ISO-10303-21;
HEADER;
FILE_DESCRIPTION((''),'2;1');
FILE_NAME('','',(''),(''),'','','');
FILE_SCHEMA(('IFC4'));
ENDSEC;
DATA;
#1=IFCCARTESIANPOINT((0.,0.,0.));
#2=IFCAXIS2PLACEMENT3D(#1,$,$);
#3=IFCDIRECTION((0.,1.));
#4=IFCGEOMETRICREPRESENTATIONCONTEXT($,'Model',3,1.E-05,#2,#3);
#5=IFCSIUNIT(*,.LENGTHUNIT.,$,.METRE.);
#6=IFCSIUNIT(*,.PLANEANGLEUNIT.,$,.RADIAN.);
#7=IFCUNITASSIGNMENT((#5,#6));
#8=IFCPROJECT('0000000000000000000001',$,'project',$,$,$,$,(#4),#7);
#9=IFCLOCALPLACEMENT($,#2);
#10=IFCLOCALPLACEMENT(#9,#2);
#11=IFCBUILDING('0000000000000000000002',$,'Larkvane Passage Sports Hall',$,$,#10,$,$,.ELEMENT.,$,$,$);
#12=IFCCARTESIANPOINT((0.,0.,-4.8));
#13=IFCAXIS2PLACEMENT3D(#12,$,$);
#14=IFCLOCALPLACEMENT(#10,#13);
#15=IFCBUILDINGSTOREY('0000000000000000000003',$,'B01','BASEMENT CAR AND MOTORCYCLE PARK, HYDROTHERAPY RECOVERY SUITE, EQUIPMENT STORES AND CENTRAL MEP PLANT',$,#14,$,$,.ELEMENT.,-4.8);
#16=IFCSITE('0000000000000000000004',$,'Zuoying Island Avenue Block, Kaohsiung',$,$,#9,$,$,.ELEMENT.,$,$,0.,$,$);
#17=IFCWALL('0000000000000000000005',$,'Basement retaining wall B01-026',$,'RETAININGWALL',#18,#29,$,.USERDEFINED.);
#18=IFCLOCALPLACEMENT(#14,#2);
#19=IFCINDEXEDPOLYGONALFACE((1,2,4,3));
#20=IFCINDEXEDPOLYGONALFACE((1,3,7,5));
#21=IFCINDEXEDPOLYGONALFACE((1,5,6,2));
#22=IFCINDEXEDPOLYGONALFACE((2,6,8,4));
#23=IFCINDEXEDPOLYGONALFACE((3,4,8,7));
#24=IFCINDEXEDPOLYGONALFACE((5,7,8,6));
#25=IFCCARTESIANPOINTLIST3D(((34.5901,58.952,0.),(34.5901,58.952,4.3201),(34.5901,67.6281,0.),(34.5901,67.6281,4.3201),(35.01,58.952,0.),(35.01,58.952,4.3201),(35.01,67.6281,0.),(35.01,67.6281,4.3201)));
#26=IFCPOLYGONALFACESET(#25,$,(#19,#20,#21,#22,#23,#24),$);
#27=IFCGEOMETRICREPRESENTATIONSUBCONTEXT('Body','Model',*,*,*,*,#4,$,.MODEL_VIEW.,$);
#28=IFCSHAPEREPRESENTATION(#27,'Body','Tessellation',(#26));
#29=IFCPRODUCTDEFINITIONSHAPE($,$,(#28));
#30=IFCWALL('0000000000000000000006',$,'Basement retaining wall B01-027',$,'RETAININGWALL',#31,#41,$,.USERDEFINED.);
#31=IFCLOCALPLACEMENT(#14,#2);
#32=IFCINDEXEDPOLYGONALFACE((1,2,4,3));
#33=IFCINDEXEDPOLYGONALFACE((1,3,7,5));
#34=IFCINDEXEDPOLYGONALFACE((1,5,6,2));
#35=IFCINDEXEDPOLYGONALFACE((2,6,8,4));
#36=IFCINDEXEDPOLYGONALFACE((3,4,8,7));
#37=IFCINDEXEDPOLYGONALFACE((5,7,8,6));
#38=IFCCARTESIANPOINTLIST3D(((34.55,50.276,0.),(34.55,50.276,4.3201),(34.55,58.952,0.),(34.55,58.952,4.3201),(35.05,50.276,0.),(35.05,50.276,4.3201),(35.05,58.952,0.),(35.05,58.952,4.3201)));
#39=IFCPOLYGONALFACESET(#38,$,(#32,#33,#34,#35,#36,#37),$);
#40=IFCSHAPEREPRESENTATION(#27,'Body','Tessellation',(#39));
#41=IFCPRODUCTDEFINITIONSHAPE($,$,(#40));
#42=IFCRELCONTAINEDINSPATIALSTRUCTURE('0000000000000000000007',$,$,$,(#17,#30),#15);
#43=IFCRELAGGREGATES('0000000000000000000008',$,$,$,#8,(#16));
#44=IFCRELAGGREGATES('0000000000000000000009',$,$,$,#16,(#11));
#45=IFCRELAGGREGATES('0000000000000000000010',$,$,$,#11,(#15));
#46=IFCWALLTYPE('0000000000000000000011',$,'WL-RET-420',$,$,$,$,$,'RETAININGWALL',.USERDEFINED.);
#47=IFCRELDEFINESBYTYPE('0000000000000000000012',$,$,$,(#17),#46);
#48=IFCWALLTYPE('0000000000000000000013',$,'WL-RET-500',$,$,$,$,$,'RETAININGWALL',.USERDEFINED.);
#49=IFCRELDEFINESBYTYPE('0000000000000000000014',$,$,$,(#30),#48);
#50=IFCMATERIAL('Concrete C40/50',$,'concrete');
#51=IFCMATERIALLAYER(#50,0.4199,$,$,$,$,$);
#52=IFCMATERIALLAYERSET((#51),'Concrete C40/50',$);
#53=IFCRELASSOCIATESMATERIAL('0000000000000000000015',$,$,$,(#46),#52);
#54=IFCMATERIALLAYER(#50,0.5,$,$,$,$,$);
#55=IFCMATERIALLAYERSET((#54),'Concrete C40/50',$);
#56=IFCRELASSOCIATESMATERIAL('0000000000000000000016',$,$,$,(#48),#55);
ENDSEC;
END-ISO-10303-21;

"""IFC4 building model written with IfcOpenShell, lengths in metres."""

from ifc_helpers import new_model, si_unit, direction, frame, frame_2d, origin, place, context, subcontext, project, spatial, rectangle, extrude, material, layer, layer_set, type_object, element, save


model = new_model("IFC4")

# Units and contexts
model_context = context("Model", 3, precision=1e-05, world=origin(), true_north=direction((0.0, 1.0)))
body_context = subcontext(model_context, "Body", "Model", "MODEL_VIEW")
ifc_project = project(units=[si_unit("LENGTHUNIT", "METRE"), si_unit("PLANEANGLEUNIT", "RADIAN")], contexts=[model_context])

# Site, building, storey
site_placement = place(None, origin())
site = spatial("IfcSite", under=ifc_project, at=site_placement, Name="Zuoying Island Avenue Block, Kaohsiung", CompositionType="ELEMENT", RefElevation=0.0)
building_placement = place(site_placement, origin())
building = spatial("IfcBuilding", under=site, at=building_placement, Name="Larkvane Passage Sports Hall", CompositionType="ELEMENT")
storey_placement = place(building_placement, frame((0.0, 0.0, -4.8)))
storey = spatial("IfcBuildingStorey", under=building, at=storey_placement, Name="B01", Description="BASEMENT CAR AND MOTORCYCLE PARK, HYDROTHERAPY RECOVERY SUITE, EQUIPMENT STORES AND CENTRAL MEP PLANT", CompositionType="ELEMENT", Elevation=-4.8)

# Shared definitions
ifc_material_1 = material(Name="Concrete C40/50", Category="concrete")

# Walls
ifc_layer_1 = layer(ifc_material_1, 0.4199)
ifc_layer_set_1 = layer_set([ifc_layer_1], Name="Concrete C40/50")
wall_type_1 = type_object("IfcWallType", Name="WL-RET-420", ElementType="RETAININGWALL", PredefinedType="USERDEFINED", material=ifc_layer_set_1)
wall_1_placement = place(storey_placement, frame((34.8, 67.6279, 0.0), z_axis=(0.0, 0.0, 1.0), x_axis=(0.0, -1.0, 0.0)))
element("IfcWall", 1, at=wall_1_placement, inside=storey, type_object=wall_type_1, Name="Basement retaining wall B01-026", ObjectType="RETAININGWALL", PredefinedType="USERDEFINED", context=body_context, shape_type="SweptSolid", body=[
    extrude(rectangle(XDim=8.676, YDim=0.4199, at=frame_2d((4.3379, 0.0))), origin(), (0.0, 0.0, 1.0), 4.3201),
])
ifc_layer_2 = layer(ifc_material_1, 0.5)
ifc_layer_set_2 = layer_set([ifc_layer_2], Name="Concrete C40/50")
wall_type_2 = type_object("IfcWallType", Name="WL-RET-500", ElementType="RETAININGWALL", PredefinedType="USERDEFINED", material=ifc_layer_set_2)
wall_2_placement = place(storey_placement, frame((34.8, 58.9519, 0.0), z_axis=(0.0, 0.0, 1.0), x_axis=(0.0, -1.0, 0.0)))
element("IfcWall", 2, at=wall_2_placement, inside=storey, type_object=wall_type_2, Name="Basement retaining wall B01-027", ObjectType="RETAININGWALL", PredefinedType="USERDEFINED", context=body_context, shape_type="SweptSolid", body=[
    extrude(rectangle(XDim=8.676, YDim=0.5, at=frame_2d((4.3379, 0.0))), origin(), (0.0, 0.0, 1.0), 4.3201),
])

save(model, "model.ifc")
